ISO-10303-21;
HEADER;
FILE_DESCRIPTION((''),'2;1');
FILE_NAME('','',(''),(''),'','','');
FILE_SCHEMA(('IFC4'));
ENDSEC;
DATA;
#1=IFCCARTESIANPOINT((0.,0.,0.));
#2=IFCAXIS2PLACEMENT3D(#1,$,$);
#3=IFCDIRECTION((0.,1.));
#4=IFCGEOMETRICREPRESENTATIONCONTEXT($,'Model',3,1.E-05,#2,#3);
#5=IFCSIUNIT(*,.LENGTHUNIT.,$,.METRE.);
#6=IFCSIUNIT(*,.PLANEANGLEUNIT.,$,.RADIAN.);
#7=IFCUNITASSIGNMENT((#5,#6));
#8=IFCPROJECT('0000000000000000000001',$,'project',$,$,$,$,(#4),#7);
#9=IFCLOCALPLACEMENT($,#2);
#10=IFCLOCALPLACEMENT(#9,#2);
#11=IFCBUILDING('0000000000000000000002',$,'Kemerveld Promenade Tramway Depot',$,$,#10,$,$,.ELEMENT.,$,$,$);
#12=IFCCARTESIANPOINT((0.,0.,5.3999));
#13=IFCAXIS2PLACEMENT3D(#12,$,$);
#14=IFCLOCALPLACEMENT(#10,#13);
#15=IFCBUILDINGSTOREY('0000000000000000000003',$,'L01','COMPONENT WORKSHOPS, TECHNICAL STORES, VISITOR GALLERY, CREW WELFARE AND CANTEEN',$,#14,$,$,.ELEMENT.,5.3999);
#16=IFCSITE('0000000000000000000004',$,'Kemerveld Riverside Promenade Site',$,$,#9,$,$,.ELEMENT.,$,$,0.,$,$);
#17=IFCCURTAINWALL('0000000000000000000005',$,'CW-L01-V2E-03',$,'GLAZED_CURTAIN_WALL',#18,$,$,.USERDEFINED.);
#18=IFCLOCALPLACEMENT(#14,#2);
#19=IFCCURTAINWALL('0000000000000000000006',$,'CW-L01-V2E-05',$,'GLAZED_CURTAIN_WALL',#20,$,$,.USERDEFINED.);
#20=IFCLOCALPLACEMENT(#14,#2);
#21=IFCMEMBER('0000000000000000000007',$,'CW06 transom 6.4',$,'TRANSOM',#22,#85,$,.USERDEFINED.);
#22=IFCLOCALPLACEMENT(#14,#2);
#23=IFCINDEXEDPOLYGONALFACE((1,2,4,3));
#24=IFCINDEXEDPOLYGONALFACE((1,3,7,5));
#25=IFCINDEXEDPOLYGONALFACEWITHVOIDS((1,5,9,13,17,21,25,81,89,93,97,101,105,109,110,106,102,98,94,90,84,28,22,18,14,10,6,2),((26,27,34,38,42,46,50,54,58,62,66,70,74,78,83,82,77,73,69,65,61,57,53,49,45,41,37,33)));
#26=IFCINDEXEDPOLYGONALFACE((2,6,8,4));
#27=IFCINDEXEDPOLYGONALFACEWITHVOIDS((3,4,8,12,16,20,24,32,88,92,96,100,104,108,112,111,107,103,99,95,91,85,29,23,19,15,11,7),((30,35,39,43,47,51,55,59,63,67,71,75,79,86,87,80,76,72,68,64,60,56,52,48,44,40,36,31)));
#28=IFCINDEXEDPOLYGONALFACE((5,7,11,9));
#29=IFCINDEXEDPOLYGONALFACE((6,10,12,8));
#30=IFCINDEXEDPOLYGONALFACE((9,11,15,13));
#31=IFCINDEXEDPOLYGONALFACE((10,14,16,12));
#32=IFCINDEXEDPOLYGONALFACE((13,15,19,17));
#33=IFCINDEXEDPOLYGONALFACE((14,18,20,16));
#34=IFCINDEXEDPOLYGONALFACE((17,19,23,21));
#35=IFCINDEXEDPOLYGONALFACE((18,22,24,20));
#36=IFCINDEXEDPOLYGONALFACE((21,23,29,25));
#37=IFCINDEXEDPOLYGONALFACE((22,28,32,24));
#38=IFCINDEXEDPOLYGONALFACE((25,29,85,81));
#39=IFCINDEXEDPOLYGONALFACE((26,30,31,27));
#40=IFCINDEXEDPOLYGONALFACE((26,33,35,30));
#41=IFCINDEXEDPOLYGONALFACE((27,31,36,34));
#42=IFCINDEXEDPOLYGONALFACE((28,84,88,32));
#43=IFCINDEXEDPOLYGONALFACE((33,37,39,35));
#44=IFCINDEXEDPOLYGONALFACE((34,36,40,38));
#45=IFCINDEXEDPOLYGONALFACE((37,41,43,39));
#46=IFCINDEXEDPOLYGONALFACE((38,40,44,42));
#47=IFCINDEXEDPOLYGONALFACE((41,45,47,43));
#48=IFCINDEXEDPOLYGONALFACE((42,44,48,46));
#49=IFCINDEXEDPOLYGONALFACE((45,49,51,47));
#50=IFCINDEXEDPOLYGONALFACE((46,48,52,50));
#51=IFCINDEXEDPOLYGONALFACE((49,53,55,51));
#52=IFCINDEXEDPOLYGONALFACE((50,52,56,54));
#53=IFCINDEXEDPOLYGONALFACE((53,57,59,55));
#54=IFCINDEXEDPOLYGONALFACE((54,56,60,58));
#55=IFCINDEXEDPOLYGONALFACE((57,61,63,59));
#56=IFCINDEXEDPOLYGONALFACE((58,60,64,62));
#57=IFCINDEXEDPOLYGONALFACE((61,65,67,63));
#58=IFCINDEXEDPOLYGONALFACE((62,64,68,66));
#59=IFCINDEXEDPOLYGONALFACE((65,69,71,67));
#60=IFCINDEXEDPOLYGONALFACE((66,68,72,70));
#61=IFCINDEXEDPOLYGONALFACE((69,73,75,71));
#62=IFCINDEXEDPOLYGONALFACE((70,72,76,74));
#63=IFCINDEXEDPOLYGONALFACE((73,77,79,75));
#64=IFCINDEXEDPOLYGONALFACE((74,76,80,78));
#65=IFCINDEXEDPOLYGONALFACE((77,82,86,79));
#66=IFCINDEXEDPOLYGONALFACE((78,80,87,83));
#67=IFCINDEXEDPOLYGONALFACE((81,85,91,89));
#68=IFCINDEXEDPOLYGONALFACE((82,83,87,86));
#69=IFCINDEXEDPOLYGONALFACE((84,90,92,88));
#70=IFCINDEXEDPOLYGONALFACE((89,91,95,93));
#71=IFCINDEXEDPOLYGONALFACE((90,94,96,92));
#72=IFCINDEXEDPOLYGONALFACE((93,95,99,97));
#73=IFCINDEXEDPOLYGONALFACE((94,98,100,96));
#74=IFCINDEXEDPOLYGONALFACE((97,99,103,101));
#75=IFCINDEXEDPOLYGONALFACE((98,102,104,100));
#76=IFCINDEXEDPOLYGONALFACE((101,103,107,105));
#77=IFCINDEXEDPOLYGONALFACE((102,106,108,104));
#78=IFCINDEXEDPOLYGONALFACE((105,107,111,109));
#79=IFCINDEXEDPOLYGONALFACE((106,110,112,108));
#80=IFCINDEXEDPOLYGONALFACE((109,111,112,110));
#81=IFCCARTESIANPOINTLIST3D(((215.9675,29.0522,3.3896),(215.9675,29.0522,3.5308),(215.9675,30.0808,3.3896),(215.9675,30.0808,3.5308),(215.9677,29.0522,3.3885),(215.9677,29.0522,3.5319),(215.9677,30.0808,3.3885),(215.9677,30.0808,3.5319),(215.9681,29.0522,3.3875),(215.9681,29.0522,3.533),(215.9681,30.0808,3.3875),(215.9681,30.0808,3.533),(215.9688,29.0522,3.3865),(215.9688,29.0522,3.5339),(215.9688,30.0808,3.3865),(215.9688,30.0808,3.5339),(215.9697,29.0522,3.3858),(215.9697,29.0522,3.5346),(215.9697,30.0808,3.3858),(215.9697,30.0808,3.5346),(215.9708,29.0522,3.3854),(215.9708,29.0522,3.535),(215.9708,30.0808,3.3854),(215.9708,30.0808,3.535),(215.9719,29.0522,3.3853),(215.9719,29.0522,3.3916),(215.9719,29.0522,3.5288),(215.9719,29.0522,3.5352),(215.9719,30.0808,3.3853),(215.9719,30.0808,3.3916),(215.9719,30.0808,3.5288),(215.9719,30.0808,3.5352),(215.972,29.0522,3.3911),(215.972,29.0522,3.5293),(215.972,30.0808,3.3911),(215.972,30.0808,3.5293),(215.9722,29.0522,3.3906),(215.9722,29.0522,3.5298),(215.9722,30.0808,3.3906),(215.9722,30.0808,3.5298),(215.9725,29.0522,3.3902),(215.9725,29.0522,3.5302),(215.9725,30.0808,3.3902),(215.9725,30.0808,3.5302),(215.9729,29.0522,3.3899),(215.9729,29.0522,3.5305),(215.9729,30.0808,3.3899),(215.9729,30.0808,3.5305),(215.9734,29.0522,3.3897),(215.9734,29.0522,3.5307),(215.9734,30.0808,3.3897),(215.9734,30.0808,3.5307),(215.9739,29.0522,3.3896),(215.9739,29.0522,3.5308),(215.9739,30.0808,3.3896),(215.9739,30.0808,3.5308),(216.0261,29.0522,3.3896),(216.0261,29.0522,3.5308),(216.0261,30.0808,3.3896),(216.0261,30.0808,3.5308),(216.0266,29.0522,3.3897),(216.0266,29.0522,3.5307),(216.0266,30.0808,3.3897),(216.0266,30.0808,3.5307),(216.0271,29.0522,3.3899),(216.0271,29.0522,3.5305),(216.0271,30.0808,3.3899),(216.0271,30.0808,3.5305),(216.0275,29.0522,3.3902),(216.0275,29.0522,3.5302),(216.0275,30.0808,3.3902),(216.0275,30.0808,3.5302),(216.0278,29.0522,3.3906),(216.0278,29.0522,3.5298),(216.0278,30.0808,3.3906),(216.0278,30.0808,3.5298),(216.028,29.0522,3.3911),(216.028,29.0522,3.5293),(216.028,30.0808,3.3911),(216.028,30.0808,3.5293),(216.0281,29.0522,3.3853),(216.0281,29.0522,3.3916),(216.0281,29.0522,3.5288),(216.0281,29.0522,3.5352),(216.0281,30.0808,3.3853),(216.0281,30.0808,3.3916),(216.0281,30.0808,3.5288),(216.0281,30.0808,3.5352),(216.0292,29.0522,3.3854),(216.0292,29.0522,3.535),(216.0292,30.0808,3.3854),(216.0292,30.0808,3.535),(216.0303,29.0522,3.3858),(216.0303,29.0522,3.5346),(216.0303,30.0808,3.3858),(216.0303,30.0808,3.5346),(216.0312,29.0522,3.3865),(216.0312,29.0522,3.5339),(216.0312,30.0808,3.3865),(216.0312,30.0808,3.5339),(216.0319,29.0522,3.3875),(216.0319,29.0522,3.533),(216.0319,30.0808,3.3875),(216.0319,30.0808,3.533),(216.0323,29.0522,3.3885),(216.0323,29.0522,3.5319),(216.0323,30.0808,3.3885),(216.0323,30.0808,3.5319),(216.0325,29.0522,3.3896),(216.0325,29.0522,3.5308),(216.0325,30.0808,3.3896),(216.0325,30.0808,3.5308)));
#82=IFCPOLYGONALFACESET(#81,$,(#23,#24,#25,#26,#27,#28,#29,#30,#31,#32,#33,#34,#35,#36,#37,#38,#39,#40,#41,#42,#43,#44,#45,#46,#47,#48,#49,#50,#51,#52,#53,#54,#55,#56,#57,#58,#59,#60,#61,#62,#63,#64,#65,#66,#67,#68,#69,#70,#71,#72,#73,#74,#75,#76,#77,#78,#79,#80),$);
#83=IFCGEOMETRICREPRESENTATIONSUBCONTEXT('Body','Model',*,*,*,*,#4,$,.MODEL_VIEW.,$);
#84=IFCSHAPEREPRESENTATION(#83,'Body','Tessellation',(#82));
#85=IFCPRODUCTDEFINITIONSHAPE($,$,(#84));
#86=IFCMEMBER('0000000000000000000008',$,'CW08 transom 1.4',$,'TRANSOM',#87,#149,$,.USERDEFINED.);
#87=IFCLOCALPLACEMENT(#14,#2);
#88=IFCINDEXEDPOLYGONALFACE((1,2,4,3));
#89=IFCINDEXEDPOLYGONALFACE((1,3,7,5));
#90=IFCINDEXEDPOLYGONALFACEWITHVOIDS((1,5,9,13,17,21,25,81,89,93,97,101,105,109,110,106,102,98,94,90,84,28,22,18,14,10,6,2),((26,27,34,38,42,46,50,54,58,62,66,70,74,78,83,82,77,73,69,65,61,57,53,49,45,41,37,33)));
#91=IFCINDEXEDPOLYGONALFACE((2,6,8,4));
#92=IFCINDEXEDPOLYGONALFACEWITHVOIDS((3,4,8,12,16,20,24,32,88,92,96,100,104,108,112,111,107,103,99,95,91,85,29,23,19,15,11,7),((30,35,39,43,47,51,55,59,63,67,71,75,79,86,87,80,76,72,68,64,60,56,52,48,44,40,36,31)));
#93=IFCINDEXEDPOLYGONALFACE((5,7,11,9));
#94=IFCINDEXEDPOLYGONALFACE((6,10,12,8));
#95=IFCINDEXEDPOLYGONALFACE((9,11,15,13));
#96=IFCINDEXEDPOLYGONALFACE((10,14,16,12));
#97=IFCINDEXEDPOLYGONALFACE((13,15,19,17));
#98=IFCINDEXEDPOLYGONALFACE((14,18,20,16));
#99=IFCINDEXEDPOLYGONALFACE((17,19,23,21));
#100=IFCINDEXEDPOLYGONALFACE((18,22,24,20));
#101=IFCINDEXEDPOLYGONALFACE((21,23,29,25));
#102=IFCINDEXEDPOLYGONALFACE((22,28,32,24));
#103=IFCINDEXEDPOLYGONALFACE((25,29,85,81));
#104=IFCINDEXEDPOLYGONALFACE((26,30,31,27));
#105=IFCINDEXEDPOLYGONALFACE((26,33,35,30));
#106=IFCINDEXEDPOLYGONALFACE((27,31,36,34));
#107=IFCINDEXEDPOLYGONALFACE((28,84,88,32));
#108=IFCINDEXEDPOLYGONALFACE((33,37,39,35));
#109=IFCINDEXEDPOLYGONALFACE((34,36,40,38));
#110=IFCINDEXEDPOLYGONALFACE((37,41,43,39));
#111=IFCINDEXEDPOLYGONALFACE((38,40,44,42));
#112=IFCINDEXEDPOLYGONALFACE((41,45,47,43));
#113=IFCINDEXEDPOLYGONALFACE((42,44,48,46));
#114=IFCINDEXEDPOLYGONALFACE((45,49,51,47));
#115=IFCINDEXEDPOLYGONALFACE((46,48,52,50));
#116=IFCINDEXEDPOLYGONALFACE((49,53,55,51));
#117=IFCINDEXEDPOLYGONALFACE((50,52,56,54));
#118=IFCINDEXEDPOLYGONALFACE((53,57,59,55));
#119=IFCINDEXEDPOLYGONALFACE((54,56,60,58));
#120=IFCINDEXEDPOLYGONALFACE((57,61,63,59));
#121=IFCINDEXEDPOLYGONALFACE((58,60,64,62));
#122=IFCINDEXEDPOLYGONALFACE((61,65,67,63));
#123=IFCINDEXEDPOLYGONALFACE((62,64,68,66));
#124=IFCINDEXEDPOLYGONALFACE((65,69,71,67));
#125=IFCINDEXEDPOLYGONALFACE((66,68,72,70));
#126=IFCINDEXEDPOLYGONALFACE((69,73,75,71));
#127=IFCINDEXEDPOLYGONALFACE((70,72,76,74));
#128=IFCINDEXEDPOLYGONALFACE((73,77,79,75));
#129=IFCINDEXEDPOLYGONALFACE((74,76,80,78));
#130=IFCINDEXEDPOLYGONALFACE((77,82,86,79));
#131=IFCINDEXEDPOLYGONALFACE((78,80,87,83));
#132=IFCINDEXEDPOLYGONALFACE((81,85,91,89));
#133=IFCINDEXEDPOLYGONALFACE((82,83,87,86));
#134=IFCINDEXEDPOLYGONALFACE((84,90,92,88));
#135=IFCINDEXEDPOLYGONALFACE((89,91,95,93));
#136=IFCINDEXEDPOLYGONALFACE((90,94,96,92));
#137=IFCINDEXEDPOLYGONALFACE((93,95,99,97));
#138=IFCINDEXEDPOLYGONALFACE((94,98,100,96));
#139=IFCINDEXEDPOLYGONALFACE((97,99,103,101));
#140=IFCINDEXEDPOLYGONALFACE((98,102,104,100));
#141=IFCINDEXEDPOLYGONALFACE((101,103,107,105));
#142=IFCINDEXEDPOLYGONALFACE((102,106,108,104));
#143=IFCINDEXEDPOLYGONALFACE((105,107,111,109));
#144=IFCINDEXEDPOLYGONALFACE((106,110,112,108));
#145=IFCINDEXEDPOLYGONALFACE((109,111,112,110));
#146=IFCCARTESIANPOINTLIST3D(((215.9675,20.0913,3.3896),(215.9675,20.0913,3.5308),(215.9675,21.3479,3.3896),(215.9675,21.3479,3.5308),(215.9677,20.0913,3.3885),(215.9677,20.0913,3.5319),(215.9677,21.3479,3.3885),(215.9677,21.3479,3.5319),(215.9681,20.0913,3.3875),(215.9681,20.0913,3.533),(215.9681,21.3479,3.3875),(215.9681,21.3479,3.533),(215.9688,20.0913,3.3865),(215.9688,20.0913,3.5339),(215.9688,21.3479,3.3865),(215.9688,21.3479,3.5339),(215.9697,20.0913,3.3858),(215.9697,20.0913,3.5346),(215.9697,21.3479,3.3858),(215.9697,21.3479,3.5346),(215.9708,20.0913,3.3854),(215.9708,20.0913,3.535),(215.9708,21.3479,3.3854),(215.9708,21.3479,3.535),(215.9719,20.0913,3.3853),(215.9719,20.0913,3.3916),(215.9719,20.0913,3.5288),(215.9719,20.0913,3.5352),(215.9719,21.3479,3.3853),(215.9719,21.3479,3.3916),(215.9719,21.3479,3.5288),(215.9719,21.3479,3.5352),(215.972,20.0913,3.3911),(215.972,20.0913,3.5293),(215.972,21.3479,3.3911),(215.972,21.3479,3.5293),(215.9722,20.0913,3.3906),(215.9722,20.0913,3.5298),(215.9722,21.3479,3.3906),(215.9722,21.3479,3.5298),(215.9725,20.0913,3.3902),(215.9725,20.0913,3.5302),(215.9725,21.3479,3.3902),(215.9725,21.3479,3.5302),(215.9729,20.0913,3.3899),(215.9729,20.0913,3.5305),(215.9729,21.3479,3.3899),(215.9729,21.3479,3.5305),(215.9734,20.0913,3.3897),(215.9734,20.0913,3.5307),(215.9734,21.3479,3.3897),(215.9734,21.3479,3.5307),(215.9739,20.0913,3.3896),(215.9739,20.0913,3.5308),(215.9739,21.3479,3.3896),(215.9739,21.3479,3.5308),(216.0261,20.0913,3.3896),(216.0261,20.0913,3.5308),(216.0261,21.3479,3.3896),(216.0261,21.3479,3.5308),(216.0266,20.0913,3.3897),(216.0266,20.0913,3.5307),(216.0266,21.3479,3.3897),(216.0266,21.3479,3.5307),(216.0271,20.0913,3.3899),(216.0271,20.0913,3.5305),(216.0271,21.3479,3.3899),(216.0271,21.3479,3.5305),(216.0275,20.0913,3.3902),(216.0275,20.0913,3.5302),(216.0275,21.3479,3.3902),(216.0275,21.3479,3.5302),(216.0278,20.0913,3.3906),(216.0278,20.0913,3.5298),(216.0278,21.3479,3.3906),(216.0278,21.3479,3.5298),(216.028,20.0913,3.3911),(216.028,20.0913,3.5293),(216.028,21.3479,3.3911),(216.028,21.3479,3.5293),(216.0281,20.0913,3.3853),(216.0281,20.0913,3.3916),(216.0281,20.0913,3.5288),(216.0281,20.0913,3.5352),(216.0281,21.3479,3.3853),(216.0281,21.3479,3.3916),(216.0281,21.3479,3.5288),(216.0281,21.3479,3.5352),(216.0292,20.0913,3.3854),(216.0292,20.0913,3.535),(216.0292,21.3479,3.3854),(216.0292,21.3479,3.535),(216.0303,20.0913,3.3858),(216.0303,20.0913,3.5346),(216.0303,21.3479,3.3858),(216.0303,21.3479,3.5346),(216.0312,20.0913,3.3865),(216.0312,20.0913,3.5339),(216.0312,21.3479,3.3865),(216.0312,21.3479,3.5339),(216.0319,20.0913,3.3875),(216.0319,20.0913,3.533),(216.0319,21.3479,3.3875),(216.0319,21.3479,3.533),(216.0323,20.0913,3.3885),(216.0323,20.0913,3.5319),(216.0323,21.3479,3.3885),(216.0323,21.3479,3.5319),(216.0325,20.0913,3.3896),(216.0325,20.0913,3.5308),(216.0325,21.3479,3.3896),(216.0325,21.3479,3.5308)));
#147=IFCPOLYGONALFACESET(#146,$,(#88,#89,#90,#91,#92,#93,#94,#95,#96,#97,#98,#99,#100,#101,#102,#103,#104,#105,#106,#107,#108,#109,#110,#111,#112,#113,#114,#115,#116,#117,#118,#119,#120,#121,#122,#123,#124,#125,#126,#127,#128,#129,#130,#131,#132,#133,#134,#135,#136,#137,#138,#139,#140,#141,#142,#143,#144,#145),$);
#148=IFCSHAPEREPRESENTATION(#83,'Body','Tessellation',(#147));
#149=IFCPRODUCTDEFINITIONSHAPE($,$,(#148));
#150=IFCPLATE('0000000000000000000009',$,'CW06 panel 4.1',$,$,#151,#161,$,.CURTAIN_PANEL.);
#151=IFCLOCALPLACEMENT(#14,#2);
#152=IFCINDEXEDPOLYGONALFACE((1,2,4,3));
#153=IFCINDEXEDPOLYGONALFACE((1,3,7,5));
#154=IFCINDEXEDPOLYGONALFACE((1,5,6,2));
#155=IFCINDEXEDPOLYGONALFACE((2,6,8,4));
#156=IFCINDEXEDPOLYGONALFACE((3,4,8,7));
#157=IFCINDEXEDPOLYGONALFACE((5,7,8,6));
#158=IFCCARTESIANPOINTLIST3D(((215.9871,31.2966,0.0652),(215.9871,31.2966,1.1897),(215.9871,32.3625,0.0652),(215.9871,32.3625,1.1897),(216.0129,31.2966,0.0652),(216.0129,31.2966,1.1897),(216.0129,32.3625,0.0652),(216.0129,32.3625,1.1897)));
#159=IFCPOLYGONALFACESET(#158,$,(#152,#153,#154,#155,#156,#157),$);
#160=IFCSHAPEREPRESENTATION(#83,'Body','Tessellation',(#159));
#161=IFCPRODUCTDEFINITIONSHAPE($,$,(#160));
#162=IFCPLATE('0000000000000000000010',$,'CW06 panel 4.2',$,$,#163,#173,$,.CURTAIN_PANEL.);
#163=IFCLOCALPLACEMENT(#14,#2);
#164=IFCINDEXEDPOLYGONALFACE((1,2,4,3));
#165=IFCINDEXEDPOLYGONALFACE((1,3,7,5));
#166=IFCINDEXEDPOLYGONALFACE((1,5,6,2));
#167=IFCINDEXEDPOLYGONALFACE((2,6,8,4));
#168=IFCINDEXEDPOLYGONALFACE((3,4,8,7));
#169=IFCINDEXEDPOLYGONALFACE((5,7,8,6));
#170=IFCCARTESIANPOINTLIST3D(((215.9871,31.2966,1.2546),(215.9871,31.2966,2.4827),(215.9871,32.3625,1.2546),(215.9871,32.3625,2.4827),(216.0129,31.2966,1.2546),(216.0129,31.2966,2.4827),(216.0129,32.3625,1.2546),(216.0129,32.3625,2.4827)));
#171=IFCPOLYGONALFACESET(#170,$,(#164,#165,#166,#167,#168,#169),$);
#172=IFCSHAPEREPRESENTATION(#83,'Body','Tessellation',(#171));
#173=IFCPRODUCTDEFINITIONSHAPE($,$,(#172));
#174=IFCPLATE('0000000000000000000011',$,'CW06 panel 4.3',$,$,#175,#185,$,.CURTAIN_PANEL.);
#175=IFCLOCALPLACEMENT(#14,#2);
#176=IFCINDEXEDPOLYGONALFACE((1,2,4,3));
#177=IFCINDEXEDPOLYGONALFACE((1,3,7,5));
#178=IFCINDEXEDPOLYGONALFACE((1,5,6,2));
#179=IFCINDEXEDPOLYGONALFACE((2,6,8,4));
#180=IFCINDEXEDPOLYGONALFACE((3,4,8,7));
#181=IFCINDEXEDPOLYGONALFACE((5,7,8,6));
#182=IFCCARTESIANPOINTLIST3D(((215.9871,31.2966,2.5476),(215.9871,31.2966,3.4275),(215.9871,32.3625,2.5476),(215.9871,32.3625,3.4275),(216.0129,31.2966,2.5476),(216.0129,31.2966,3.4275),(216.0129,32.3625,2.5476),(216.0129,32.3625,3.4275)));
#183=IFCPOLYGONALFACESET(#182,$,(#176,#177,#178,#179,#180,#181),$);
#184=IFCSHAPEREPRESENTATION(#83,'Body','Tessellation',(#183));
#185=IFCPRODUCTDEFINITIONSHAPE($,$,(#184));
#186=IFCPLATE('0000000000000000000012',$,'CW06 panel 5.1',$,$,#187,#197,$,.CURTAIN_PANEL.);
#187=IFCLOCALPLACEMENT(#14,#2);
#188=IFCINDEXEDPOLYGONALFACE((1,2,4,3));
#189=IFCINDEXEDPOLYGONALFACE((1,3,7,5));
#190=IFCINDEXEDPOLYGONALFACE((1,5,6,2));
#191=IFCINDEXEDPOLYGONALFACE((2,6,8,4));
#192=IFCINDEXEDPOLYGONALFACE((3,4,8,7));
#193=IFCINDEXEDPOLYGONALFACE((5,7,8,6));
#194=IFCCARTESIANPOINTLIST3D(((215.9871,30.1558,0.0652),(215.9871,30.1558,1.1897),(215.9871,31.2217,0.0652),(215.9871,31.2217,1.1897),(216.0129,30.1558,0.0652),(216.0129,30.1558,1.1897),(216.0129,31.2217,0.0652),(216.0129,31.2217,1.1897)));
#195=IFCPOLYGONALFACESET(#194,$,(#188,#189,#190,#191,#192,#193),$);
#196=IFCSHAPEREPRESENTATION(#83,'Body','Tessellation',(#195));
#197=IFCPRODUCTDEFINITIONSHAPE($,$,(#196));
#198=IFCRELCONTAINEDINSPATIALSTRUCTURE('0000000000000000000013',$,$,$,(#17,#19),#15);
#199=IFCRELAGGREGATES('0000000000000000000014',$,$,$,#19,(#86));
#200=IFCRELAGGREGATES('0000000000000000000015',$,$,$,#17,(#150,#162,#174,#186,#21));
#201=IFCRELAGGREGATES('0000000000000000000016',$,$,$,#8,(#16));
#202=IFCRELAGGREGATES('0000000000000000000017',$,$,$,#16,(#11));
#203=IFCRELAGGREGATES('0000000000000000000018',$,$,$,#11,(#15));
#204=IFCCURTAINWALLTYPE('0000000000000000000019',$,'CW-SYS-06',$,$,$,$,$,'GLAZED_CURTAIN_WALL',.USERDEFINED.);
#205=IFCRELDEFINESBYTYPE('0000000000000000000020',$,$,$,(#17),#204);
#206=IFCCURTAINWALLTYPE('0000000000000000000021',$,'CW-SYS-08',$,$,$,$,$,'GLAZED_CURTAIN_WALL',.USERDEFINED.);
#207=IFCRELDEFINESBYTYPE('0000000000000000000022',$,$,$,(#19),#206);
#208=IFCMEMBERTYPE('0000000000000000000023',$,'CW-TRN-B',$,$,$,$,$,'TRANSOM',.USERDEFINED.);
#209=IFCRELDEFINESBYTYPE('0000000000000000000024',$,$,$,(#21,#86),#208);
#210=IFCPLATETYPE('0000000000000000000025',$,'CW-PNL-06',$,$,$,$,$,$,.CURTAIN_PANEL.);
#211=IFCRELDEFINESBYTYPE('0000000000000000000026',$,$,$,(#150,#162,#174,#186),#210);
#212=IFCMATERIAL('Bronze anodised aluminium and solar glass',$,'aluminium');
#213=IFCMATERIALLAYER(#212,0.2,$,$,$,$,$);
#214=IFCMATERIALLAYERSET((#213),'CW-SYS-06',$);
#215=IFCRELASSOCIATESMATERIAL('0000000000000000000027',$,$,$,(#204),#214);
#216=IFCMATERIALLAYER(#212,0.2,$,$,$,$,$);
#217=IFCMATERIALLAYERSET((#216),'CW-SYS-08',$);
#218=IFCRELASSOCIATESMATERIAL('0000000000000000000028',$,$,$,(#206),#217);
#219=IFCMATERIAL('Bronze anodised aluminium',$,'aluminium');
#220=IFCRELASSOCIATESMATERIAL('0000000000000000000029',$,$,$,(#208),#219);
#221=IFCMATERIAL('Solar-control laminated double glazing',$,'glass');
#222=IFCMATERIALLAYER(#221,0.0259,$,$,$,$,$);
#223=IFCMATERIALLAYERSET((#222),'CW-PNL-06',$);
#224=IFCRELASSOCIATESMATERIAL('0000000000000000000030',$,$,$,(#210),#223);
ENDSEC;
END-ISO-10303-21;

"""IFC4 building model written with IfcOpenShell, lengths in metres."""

from ifc_helpers import new_model, si_unit, direction, frame, origin, origin_2d, place, context, subcontext, project, spatial, rectangle, hollow_rectangle, extrude, material, layer, layer_set, material_profile, profile_set, type_object, element, aggregate, save


model = new_model("IFC4")

# Units and contexts
model_context = context("Model", 3, precision=1e-05, world=origin(), true_north=direction((0.0, 1.0)))
body_context = subcontext(model_context, "Body", "Model", "MODEL_VIEW")
ifc_project = project(units=[si_unit("LENGTHUNIT", "METRE"), si_unit("PLANEANGLEUNIT", "RADIAN")], contexts=[model_context])

# Site, building, storey
site_placement = place(None, origin())
site = spatial("IfcSite", under=ifc_project, at=site_placement, Name="Kemerveld Riverside Promenade Site", CompositionType="ELEMENT", RefElevation=0.0)
building_placement = place(site_placement, origin())
building = spatial("IfcBuilding", under=site, at=building_placement, Name="Kemerveld Promenade Tramway Depot", CompositionType="ELEMENT")
storey_placement = place(building_placement, frame((0.0, 0.0, 5.3999)))
storey = spatial("IfcBuildingStorey", under=building, at=storey_placement, Name="L01", Description="COMPONENT WORKSHOPS, TECHNICAL STORES, VISITOR GALLERY, CREW WELFARE AND CANTEEN", CompositionType="ELEMENT", Elevation=5.3999)

# Curtain wall
ifc_material_1 = material(Name="Bronze anodised aluminium and solar glass", Category="aluminium")
ifc_layer_1 = layer(ifc_material_1, 0.2)
ifc_layer_set_1 = layer_set([ifc_layer_1], Name="CW-SYS-06")
curtain_wall_type_1 = type_object("IfcCurtainWallType", Name="CW-SYS-06", ElementType="GLAZED_CURTAIN_WALL", PredefinedType="USERDEFINED", material=ifc_layer_set_1)
curtain_wall_1_placement = place(storey_placement, origin())
curtain_wall_1 = element("IfcCurtainWall", 1, at=curtain_wall_1_placement, inside=storey, type_object=curtain_wall_type_1, Name="CW-L01-V2E-03", ObjectType="GLAZED_CURTAIN_WALL", PredefinedType="USERDEFINED")
ifc_material_2 = material(Name="Bronze anodised aluminium", Category="aluminium")

# Curtain wall
ifc_layer_2 = layer(ifc_material_1, 0.2)
ifc_layer_set_2 = layer_set([ifc_layer_2], Name="CW-SYS-08")
curtain_wall_type_2 = type_object("IfcCurtainWallType", Name="CW-SYS-08", ElementType="GLAZED_CURTAIN_WALL", PredefinedType="USERDEFINED", material=ifc_layer_set_2)
curtain_wall_2_placement = place(storey_placement, origin())
curtain_wall_2 = element("IfcCurtainWall", 2, at=curtain_wall_2_placement, inside=storey, type_object=curtain_wall_type_2, Name="CW-L01-V2E-05", ObjectType="GLAZED_CURTAIN_WALL", PredefinedType="USERDEFINED")

# Members
ifc_material_profile_1 = material_profile(ifc_material_2, hollow_rectangle(XDim=0.0649, YDim=0.1499, WallThickness=0.0044, InnerFilletRadius=0.002, OuterFilletRadius=0.0044, at=origin_2d()), Name="CW-TRN-150x65")
ifc_profile_set_1 = profile_set([ifc_material_profile_1], Name="Bronze anodised aluminium")
member_type_1 = type_object("IfcMemberType", Name="CW-TRN-B", ElementType="TRANSOM", PredefinedType="USERDEFINED", material=ifc_profile_set_1)
member_1_placement = place(storey_placement, frame((216.0, 30.0808, 3.4602), z_axis=(0.0, -1.0, 0.0), x_axis=(1.0, 0.0, 0.0)))
member_1 = element("IfcMember", 3, at=member_1_placement, type_object=member_type_1, Name="CW06 transom 6.4", ObjectType="TRANSOM", PredefinedType="USERDEFINED", context=body_context, shape_type="SweptSolid", body=[
    extrude(hollow_rectangle(XDim=0.0649, YDim=0.1499, WallThickness=0.0044, InnerFilletRadius=0.002, OuterFilletRadius=0.0044, at=origin_2d()), origin(), (0.0, 0.0, 1.0), 1.0286),
])
member_2_placement = place(storey_placement, frame((216.0, 21.3479, 3.4602), z_axis=(0.0, -1.0, 0.0), x_axis=(1.0, 0.0, 0.0)))
member_2 = element("IfcMember", 4, at=member_2_placement, type_object=member_type_1, Name="CW08 transom 1.4", ObjectType="TRANSOM", PredefinedType="USERDEFINED", context=body_context, shape_type="SweptSolid", body=[
    extrude(hollow_rectangle(XDim=0.0649, YDim=0.1499, WallThickness=0.0044, InnerFilletRadius=0.002, OuterFilletRadius=0.0044, at=origin_2d()), origin(), (0.0, 0.0, 1.0), 1.2566),
])
aggregate(curtain_wall_2, [member_2])

# Plates
ifc_material_3 = material(Name="Solar-control laminated double glazing", Category="glass")
ifc_layer_3 = layer(ifc_material_3, 0.0259)
ifc_layer_set_3 = layer_set([ifc_layer_3], Name="CW-PNL-06")
plate_type = type_object("IfcPlateType", Name="CW-PNL-06", PredefinedType="CURTAIN_PANEL", material=ifc_layer_set_3)
plate_1_placement = place(storey_placement, frame((216.0, 31.8296, 0.0652), z_axis=(0.0, 0.0, 1.0), x_axis=(0.0, -1.0, 0.0)))
plate_1 = element("IfcPlate", 5, at=plate_1_placement, type_object=plate_type, Name="CW06 panel 4.1", PredefinedType="CURTAIN_PANEL", context=body_context, shape_type="SweptSolid", body=[
    extrude(rectangle(XDim=1.0659, YDim=0.0259, at=origin_2d()), origin(), (0.0, 0.0, 1.0), 1.1245),
])
plate_2_placement = place(storey_placement, frame((216.0, 31.8296, 1.2546), z_axis=(0.0, 0.0, 1.0), x_axis=(0.0, -1.0, 0.0)))
plate_2 = element("IfcPlate", 6, at=plate_2_placement, type_object=plate_type, Name="CW06 panel 4.2", PredefinedType="CURTAIN_PANEL", context=body_context, shape_type="SweptSolid", body=[
    extrude(rectangle(XDim=1.0659, YDim=0.0259, at=origin_2d()), origin(), (0.0, 0.0, 1.0), 1.228),
])
plate_3_placement = place(storey_placement, frame((216.0, 31.8296, 2.5476), z_axis=(0.0, 0.0, 1.0), x_axis=(0.0, -1.0, 0.0)))
plate_3 = element("IfcPlate", 7, at=plate_3_placement, type_object=plate_type, Name="CW06 panel 4.3", PredefinedType="CURTAIN_PANEL", context=body_context, shape_type="SweptSolid", body=[
    extrude(rectangle(XDim=1.0659, YDim=0.0259, at=origin_2d()), origin(), (0.0, 0.0, 1.0), 0.8799),
])
plate_4_placement = place(storey_placement, frame((216.0, 30.6887, 0.0652), z_axis=(0.0, 0.0, 1.0), x_axis=(0.0, -1.0, 0.0)))
plate_4 = element("IfcPlate", 8, at=plate_4_placement, type_object=plate_type, Name="CW06 panel 5.1", PredefinedType="CURTAIN_PANEL", context=body_context, shape_type="SweptSolid", body=[
    extrude(rectangle(XDim=1.0659, YDim=0.0259, at=origin_2d()), origin(), (0.0, 0.0, 1.0), 1.1245),
])
aggregate(curtain_wall_1, [plate_1, plate_2, plate_3, plate_4, member_1])

save(model, "model.ifc")
